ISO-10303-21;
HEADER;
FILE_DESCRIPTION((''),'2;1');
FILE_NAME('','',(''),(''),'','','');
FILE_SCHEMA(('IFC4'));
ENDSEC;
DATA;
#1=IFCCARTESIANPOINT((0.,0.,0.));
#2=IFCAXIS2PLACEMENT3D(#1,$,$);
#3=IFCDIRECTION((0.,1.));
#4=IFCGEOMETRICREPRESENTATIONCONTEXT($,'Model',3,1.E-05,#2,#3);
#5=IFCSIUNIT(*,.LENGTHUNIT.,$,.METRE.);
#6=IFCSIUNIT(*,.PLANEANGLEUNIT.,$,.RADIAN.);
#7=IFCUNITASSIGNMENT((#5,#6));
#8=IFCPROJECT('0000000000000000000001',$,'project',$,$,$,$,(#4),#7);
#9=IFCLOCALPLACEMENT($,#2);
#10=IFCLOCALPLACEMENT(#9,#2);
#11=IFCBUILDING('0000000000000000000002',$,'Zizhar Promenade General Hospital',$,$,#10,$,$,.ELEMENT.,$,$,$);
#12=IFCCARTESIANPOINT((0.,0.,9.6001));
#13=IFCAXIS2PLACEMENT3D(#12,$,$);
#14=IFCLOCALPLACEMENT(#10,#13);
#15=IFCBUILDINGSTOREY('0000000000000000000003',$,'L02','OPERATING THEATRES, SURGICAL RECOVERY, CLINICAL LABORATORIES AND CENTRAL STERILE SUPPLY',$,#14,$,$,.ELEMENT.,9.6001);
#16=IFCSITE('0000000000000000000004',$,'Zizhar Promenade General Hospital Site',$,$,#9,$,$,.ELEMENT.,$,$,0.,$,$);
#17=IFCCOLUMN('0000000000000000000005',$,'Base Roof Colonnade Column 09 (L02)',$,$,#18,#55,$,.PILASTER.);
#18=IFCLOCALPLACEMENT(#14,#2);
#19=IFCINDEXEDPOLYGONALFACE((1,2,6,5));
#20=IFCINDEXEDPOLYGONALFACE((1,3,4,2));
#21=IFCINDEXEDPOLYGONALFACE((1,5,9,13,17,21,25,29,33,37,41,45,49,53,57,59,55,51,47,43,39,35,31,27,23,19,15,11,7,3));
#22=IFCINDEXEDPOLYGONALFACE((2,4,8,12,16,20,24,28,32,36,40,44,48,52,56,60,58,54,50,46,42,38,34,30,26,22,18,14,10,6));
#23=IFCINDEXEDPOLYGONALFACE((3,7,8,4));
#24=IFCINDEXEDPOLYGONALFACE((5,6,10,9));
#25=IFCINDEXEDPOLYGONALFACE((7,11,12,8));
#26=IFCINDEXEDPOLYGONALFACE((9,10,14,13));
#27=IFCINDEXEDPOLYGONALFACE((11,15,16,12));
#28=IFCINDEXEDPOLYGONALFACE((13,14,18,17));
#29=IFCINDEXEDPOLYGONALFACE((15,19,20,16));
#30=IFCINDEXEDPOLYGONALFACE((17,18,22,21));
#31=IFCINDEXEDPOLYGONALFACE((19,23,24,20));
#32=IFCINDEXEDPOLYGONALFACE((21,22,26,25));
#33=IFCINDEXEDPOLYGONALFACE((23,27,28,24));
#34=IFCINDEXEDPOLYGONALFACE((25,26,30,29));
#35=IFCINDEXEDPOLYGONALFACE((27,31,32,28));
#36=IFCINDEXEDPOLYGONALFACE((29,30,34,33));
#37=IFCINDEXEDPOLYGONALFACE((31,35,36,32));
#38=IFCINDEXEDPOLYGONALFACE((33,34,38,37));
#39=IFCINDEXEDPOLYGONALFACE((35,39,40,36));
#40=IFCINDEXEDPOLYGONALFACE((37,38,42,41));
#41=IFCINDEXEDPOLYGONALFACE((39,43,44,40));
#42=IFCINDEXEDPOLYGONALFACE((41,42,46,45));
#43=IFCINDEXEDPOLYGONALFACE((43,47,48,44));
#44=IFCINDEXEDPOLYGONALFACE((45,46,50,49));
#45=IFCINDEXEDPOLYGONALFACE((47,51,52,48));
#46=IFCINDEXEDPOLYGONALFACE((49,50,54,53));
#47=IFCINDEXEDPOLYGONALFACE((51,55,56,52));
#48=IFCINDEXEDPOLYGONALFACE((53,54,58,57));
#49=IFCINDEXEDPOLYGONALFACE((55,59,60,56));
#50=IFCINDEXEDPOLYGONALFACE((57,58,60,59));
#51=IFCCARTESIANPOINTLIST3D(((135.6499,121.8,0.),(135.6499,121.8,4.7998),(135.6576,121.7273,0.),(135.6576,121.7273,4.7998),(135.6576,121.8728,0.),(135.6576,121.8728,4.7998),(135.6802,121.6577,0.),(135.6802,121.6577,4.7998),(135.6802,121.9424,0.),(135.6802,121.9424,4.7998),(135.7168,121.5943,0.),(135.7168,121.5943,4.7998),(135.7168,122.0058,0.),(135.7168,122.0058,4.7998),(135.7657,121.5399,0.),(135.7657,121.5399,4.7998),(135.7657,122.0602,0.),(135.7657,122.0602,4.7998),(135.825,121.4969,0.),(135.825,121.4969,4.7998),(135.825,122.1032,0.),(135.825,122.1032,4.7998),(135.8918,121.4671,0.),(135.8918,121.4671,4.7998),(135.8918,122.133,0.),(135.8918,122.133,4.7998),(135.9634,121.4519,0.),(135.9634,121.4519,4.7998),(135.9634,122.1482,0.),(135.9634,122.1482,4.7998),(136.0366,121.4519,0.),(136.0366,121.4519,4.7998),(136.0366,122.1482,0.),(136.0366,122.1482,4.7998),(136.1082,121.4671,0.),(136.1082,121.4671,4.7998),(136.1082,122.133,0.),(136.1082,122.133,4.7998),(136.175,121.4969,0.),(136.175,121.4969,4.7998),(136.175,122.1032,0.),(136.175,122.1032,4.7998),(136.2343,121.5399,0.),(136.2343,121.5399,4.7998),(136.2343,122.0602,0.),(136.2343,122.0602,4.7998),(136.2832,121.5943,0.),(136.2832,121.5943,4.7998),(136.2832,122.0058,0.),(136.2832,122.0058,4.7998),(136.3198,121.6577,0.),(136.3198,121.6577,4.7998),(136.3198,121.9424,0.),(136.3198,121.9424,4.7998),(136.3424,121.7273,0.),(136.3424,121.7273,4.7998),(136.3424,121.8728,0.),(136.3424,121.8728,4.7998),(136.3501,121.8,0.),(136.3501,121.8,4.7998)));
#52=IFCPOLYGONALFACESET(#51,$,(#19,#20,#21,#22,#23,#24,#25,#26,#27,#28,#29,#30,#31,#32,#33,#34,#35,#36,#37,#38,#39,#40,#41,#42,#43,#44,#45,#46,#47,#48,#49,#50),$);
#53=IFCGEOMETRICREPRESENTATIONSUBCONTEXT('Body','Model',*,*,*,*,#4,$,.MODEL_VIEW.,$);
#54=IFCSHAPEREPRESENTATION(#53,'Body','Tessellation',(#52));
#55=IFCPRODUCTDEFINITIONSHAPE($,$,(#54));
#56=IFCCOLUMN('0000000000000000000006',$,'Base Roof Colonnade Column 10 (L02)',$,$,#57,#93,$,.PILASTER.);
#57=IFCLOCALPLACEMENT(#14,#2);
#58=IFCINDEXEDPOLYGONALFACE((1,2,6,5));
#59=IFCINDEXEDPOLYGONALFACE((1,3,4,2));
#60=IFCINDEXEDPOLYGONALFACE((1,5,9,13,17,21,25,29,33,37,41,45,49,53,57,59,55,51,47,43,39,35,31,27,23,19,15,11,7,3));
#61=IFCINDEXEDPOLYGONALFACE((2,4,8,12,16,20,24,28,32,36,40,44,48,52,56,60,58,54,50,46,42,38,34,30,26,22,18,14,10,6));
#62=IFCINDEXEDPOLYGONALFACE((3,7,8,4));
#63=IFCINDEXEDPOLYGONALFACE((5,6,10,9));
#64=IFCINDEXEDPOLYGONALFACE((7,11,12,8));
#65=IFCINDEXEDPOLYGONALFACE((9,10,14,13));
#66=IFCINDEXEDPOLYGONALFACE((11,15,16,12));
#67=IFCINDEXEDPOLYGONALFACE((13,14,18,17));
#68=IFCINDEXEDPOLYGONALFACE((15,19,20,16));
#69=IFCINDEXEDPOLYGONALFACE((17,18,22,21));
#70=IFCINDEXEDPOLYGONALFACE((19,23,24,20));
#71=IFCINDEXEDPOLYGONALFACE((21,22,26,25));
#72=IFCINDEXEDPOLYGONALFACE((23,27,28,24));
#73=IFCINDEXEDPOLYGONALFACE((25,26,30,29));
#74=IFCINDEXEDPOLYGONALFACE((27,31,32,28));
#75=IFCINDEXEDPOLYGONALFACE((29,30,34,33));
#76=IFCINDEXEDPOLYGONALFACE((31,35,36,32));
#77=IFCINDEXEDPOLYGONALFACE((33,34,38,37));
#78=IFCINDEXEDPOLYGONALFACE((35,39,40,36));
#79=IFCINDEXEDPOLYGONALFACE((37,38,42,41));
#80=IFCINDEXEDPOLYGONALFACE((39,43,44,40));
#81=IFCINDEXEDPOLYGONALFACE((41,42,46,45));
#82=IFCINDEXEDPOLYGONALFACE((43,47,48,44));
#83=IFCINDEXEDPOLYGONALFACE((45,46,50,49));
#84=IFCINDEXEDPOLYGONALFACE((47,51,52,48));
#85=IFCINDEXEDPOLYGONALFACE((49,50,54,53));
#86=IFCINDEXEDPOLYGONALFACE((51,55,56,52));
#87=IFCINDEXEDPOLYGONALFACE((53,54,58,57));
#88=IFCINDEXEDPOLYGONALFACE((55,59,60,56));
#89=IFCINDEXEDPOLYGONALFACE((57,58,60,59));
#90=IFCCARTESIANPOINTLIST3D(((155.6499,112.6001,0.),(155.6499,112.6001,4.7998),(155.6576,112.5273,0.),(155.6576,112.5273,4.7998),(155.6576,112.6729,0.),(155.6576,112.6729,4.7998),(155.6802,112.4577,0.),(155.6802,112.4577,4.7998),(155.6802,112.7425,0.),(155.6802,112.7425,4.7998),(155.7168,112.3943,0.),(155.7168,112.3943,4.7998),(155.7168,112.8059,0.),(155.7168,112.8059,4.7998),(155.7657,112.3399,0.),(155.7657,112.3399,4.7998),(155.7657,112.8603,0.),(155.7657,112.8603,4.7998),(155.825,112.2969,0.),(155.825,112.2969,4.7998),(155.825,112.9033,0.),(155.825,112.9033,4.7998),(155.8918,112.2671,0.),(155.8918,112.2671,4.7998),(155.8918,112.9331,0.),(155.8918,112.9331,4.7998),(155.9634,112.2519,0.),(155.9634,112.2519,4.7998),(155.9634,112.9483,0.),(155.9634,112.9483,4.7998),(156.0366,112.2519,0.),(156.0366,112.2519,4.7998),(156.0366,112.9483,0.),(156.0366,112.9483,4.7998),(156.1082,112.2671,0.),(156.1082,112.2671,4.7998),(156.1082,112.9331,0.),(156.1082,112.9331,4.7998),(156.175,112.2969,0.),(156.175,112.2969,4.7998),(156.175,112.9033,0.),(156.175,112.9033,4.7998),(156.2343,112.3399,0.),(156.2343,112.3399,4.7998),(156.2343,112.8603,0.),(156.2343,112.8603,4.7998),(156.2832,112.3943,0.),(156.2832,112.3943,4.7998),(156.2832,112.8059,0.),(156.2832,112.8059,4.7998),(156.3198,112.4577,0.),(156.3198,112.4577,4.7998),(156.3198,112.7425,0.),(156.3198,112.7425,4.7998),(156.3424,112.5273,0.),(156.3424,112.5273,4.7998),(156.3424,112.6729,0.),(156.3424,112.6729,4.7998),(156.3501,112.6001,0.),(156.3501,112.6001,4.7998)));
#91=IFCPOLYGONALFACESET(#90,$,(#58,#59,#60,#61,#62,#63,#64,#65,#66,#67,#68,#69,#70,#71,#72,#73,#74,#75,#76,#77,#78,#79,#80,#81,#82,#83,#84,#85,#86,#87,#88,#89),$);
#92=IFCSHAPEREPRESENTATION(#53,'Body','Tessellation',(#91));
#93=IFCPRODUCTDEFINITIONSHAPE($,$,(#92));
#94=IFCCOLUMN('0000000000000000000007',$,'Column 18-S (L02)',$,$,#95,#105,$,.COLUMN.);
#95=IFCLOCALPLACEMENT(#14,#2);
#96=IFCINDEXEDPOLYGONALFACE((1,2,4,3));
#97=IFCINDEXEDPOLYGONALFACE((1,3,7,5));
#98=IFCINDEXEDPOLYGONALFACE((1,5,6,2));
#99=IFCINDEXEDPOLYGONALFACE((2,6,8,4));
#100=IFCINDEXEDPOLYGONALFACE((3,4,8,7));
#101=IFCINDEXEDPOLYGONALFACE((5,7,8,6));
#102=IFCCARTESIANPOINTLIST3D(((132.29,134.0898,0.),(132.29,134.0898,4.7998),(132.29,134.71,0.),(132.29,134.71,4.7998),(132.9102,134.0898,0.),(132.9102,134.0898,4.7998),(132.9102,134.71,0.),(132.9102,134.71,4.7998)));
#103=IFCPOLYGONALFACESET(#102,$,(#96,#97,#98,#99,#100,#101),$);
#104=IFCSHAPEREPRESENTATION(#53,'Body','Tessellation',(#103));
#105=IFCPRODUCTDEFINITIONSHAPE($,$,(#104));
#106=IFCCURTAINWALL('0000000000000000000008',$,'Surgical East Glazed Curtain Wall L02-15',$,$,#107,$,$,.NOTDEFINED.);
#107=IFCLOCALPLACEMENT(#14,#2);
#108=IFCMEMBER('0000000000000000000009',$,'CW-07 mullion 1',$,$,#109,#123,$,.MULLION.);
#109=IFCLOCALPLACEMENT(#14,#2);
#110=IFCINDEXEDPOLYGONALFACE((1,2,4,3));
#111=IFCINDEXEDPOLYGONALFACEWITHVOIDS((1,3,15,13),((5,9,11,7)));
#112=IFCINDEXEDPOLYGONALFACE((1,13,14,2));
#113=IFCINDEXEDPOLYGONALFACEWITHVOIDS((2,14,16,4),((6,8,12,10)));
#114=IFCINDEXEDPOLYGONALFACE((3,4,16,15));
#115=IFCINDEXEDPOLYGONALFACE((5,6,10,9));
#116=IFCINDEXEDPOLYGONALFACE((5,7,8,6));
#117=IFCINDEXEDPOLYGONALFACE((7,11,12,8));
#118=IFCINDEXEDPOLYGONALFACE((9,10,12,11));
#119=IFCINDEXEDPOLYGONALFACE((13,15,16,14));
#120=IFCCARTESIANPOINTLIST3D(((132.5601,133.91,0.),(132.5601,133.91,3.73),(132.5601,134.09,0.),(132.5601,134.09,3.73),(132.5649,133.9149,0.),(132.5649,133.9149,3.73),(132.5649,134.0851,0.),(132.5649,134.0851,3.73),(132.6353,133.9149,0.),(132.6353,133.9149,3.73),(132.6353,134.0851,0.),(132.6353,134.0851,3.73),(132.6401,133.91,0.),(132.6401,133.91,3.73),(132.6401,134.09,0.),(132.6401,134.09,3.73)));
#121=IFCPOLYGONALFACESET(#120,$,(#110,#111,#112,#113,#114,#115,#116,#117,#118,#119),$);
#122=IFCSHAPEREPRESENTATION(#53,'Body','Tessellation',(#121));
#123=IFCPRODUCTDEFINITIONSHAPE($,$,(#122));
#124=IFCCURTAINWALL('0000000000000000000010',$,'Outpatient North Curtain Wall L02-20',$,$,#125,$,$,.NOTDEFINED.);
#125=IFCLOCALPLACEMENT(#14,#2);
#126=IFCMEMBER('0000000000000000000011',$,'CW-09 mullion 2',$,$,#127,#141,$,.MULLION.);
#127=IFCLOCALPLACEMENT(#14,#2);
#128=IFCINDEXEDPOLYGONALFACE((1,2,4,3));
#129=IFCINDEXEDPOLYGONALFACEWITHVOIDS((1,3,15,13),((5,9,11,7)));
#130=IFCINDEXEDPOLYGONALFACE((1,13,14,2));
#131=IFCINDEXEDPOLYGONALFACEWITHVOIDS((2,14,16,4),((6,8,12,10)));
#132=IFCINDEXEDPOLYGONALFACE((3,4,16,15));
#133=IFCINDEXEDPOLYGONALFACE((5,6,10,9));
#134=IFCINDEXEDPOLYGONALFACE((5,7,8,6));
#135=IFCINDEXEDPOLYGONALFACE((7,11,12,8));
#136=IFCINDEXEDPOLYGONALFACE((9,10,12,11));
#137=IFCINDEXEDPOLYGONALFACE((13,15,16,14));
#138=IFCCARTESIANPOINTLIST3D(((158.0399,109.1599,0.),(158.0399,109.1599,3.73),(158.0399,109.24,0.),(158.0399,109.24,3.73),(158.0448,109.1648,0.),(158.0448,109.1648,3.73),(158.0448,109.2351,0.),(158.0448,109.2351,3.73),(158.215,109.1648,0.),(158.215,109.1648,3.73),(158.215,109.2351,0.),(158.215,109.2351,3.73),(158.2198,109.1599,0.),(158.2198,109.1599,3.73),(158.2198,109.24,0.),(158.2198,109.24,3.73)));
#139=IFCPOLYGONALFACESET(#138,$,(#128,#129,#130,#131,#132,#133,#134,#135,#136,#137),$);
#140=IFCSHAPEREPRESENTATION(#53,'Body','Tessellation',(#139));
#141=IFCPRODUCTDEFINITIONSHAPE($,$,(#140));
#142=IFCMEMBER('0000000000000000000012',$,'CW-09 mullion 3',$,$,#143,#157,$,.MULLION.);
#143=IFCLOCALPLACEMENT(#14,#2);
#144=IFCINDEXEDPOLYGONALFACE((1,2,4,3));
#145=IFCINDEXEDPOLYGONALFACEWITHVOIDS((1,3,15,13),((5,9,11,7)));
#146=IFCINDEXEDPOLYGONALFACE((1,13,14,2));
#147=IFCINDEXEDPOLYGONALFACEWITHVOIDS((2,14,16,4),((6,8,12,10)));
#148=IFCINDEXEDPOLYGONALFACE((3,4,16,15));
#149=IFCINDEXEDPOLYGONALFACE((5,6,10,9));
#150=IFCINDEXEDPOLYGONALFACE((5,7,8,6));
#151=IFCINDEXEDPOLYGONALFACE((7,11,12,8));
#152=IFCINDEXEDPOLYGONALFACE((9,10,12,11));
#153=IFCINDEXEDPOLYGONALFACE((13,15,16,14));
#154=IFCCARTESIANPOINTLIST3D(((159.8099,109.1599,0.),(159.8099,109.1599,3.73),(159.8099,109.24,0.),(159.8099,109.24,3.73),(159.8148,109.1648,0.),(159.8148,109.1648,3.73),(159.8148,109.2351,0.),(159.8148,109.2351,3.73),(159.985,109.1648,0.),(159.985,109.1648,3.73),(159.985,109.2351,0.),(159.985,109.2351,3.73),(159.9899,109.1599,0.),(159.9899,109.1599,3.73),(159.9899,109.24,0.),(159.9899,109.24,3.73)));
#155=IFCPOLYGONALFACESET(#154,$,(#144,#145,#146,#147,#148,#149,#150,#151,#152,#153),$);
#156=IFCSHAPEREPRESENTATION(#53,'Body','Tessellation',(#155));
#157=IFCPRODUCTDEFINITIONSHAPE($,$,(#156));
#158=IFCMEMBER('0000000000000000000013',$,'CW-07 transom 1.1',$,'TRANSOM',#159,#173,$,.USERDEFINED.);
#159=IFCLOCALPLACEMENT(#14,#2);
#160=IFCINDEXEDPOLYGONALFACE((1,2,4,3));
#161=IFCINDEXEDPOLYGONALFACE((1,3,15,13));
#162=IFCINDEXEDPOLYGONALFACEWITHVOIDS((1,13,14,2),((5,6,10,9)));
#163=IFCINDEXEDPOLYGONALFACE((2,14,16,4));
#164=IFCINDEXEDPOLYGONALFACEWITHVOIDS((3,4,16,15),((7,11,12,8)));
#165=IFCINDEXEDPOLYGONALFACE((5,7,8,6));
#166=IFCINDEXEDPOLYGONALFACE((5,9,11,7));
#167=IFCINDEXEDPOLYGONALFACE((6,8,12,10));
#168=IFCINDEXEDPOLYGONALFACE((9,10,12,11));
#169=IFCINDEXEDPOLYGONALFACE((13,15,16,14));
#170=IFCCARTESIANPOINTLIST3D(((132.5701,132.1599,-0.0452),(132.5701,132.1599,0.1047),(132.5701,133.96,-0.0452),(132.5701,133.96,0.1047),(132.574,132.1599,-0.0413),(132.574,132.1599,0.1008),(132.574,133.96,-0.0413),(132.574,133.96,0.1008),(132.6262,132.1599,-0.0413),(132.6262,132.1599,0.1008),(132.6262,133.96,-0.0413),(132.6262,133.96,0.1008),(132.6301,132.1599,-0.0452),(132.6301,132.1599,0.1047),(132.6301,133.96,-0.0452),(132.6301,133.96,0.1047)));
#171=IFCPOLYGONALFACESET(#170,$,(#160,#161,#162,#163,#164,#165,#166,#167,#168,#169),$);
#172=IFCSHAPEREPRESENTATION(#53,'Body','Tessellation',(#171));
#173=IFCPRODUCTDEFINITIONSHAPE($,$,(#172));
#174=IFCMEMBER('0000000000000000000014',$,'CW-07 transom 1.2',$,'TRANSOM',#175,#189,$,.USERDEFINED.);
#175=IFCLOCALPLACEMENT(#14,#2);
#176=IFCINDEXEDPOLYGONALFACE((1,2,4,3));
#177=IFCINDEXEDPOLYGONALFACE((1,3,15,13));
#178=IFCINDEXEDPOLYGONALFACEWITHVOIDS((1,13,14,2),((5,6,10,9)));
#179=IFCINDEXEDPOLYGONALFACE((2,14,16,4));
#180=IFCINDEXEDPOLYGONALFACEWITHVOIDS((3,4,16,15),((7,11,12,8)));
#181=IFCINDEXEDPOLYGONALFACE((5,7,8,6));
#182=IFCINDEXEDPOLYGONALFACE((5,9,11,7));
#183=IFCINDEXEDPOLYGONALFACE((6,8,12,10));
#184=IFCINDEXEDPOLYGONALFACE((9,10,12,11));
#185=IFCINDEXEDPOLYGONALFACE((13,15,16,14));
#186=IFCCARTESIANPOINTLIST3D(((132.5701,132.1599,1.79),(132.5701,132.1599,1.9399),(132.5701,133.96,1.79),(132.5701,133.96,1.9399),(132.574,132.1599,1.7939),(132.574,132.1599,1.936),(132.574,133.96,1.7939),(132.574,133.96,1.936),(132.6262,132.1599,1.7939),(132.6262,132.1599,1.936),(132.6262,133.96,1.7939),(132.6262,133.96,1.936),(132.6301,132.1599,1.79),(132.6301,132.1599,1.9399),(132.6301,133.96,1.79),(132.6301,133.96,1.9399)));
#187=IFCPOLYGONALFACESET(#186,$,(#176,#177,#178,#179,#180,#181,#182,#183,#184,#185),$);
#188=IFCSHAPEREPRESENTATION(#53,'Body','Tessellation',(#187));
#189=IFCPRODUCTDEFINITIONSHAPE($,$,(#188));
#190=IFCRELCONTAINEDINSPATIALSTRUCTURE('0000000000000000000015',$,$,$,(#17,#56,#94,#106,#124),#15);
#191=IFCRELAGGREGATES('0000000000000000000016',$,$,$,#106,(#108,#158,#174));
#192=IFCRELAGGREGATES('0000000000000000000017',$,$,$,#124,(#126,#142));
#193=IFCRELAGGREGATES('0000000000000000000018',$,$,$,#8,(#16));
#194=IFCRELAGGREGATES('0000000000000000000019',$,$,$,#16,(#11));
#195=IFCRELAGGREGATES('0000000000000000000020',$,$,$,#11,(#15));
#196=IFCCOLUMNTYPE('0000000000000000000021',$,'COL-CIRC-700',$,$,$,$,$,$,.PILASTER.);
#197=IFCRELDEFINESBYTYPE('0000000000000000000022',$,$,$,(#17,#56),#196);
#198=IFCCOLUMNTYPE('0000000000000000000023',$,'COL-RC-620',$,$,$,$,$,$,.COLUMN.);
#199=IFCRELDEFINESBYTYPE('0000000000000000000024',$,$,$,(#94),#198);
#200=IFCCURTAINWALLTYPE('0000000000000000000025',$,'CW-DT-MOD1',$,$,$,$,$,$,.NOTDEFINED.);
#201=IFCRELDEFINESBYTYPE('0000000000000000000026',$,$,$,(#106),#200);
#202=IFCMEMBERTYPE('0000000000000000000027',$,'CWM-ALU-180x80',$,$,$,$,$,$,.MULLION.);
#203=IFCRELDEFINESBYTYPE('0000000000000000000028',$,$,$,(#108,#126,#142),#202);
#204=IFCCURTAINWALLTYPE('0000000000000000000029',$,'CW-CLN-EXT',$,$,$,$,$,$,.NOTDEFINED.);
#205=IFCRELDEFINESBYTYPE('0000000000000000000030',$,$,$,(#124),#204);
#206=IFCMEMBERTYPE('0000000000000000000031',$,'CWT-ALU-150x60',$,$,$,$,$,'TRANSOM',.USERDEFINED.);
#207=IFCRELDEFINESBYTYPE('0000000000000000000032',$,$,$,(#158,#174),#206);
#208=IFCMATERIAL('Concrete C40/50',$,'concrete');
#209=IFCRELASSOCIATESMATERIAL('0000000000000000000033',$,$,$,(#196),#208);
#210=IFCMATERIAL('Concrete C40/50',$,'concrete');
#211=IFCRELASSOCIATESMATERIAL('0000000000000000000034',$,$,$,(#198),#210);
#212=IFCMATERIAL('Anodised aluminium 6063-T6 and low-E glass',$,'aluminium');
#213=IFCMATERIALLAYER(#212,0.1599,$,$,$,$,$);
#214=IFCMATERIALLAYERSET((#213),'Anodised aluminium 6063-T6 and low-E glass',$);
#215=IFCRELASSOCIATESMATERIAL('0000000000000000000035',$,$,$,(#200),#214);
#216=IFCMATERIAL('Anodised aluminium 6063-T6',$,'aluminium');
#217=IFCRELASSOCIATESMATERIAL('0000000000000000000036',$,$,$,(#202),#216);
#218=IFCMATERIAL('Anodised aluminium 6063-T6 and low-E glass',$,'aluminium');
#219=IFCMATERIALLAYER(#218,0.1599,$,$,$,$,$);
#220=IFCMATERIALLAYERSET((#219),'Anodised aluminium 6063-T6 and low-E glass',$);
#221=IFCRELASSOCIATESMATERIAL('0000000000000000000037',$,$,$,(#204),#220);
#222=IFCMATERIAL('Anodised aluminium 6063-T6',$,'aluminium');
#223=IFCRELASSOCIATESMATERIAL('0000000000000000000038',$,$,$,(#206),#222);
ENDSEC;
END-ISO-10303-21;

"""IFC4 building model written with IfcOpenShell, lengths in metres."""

from ifc_helpers import new_model, si_unit, direction, frame, origin, origin_2d, place, context, subcontext, project, spatial, rectangle, hollow_rectangle, circle, extrude, material, layer, layer_set, material_profile, profile_set, type_object, element, aggregate, save


model = new_model("IFC4")

# Units and contexts
model_context = context("Model", 3, precision=1e-05, world=origin(), true_north=direction((0.0, 1.0)))
body_context = subcontext(model_context, "Body", "Model", "MODEL_VIEW")
ifc_project = project(units=[si_unit("LENGTHUNIT", "METRE"), si_unit("PLANEANGLEUNIT", "RADIAN")], contexts=[model_context])

# Site, building, storey
site_placement = place(None, origin())
site = spatial("IfcSite", under=ifc_project, at=site_placement, Name="Zizhar Promenade General Hospital Site", CompositionType="ELEMENT", RefElevation=0.0)
building_placement = place(site_placement, origin())
building = spatial("IfcBuilding", under=site, at=building_placement, Name="Zizhar Promenade General Hospital", CompositionType="ELEMENT")
storey_placement = place(building_placement, frame((0.0, 0.0, 9.6001)))
storey = spatial("IfcBuildingStorey", under=building, at=storey_placement, Name="L02", Description="OPERATING THEATRES, SURGICAL RECOVERY, CLINICAL LABORATORIES AND CENTRAL STERILE SUPPLY", CompositionType="ELEMENT", Elevation=9.6001)

# Columns
ifc_material_1 = material(Name="Concrete C40/50", Category="concrete")
ifc_material_profile_1 = material_profile(ifc_material_1, circle(Radius=0.3501, at=origin_2d()))
ifc_profile_set_1 = profile_set([ifc_material_profile_1], Name="Concrete C40/50")
column_type_1 = type_object("IfcColumnType", Name="COL-CIRC-700", PredefinedType="PILASTER", material=ifc_profile_set_1)
for number, where, z_axis, x_axis, name in (
    (1, (136.0, 121.8, 0.0), (0.0, 0.0, 1.0), (1.0, 0.0, 0.0), "Base Roof Colonnade Column 09 (L02)"),
    (2, (156.0, 112.6001, 0.0), (0.0, 0.0, 1.0), (1.0, 0.0, 0.0), "Base Roof Colonnade Column 10 (L02)"),
):
    element("IfcColumn", number, at=place(storey_placement, frame(where, z_axis=z_axis, x_axis=x_axis)), inside=storey, type_object=column_type_1, Name=name, PredefinedType="PILASTER", context=body_context, shape_type="SweptSolid", body=[
        extrude(circle(Radius=0.3501, at=origin_2d()), origin(), (0.0, 0.0, 1.0), 4.7998),
    ])
ifc_material_2 = material(Name="Concrete C40/50", Category="concrete")
ifc_material_profile_2 = material_profile(ifc_material_2, rectangle(XDim=0.6201, YDim=0.6201, at=origin_2d()))
ifc_profile_set_2 = profile_set([ifc_material_profile_2], Name="Concrete C40/50")
column_type_2 = type_object("IfcColumnType", Name="COL-RC-620", PredefinedType="COLUMN", material=ifc_profile_set_2)
column_placement = place(storey_placement, frame((132.6001, 134.3999, 0.0), z_axis=(0.0, 0.0, 1.0), x_axis=(1.0, 0.0, 0.0)))
element("IfcColumn", 3, at=column_placement, inside=storey, type_object=column_type_2, Name="Column 18-S (L02)", PredefinedType="COLUMN", context=body_context, shape_type="SweptSolid", body=[
    extrude(rectangle(XDim=0.6201, YDim=0.6201, at=origin_2d()), origin(), (0.0, 0.0, 1.0), 4.7998),
])

# Curtain wall, member
ifc_material_3 = material(Name="Anodised aluminium 6063-T6 and low-E glass", Category="aluminium")
ifc_layer_1 = layer(ifc_material_3, 0.1599)
ifc_layer_set_1 = layer_set([ifc_layer_1], Name="Anodised aluminium 6063-T6 and low-E glass")
curtain_wall_type_1 = type_object("IfcCurtainWallType", Name="CW-DT-MOD1", PredefinedType="NOTDEFINED", material=ifc_layer_set_1)
curtain_wall_1_placement = place(storey_placement, origin())
curtain_wall_1 = element("IfcCurtainWall", 4, at=curtain_wall_1_placement, inside=storey, type_object=curtain_wall_type_1, Name="Surgical East Glazed Curtain Wall L02-15", PredefinedType="NOTDEFINED")
ifc_material_4 = material(Name="Anodised aluminium 6063-T6", Category="aluminium")
ifc_material_profile_3 = material_profile(ifc_material_4, hollow_rectangle(XDim=0.0801, YDim=0.1799, WallThickness=0.0049, at=origin_2d()))
ifc_profile_set_3 = profile_set([ifc_material_profile_3], Name="Anodised aluminium 6063-T6")
member_type_1 = type_object("IfcMemberType", Name="CWM-ALU-180x80", PredefinedType="MULLION", material=ifc_profile_set_3)
member_1_placement = place(storey_placement, frame((132.6001, 134.0, 0.0), z_axis=(0.0, 0.0, 1.0), x_axis=(1.0, 0.0, 0.0)))
member_1 = element("IfcMember", 5, at=member_1_placement, type_object=member_type_1, Name="CW-07 mullion 1", PredefinedType="MULLION", context=body_context, shape_type="SweptSolid", body=[
    extrude(hollow_rectangle(XDim=0.0801, YDim=0.1799, WallThickness=0.0049, at=origin_2d()), origin(), (0.0, 0.0, 1.0), 3.73),
])

# Curtain wall, members
ifc_material_5 = material(Name="Anodised aluminium 6063-T6 and low-E glass", Category="aluminium")
ifc_layer_2 = layer(ifc_material_5, 0.1599)
ifc_layer_set_2 = layer_set([ifc_layer_2], Name="Anodised aluminium 6063-T6 and low-E glass")
curtain_wall_type_2 = type_object("IfcCurtainWallType", Name="CW-CLN-EXT", PredefinedType="NOTDEFINED", material=ifc_layer_set_2)
curtain_wall_2_placement = place(storey_placement, origin())
curtain_wall_2 = element("IfcCurtainWall", 6, at=curtain_wall_2_placement, inside=storey, type_object=curtain_wall_type_2, Name="Outpatient North Curtain Wall L02-20", PredefinedType="NOTDEFINED")
member_2_placement = place(storey_placement, frame((158.1299, 109.2, 0.0), z_axis=(0.0, 0.0, 1.0), x_axis=(0.0, 1.0, 0.0)))
member_2 = element("IfcMember", 7, at=member_2_placement, type_object=member_type_1, Name="CW-09 mullion 2", PredefinedType="MULLION", context=body_context, shape_type="SweptSolid", body=[
    extrude(hollow_rectangle(XDim=0.0801, YDim=0.1799, WallThickness=0.0049, at=origin_2d()), origin(), (0.0, 0.0, 1.0), 3.73),
])
member_3_placement = place(storey_placement, frame((159.8999, 109.2, 0.0), z_axis=(0.0, 0.0, 1.0), x_axis=(0.0, 1.0, 0.0)))
member_3 = element("IfcMember", 8, at=member_3_placement, type_object=member_type_1, Name="CW-09 mullion 3", PredefinedType="MULLION", context=body_context, shape_type="SweptSolid", body=[
    extrude(hollow_rectangle(XDim=0.0801, YDim=0.1799, WallThickness=0.0049, at=origin_2d()), origin(), (0.0, 0.0, 1.0), 3.73),
])

# Members
ifc_material_6 = material(Name="Anodised aluminium 6063-T6", Category="aluminium")
ifc_material_profile_4 = material_profile(ifc_material_6, hollow_rectangle(XDim=0.0601, YDim=0.1499, WallThickness=0.0039, at=origin_2d()))
ifc_profile_set_4 = profile_set([ifc_material_profile_4], Name="Anodised aluminium 6063-T6")
member_type_2 = type_object("IfcMemberType", Name="CWT-ALU-150x60", ElementType="TRANSOM", PredefinedType="USERDEFINED", material=ifc_profile_set_4)
member_4_placement = place(storey_placement, frame((132.6001, 133.96, 0.0298), z_axis=(0.0, -1.0, 0.0), x_axis=(1.0, 0.0, 0.0)))
member_4 = element("IfcMember", 9, at=member_4_placement, type_object=member_type_2, Name="CW-07 transom 1.1", ObjectType="TRANSOM", PredefinedType="USERDEFINED", context=body_context, shape_type="SweptSolid", body=[
    extrude(hollow_rectangle(XDim=0.0601, YDim=0.1499, WallThickness=0.0039, at=origin_2d()), origin(), (0.0, 0.0, 1.0), 1.8),
])
member_5_placement = place(storey_placement, frame((132.6001, 133.96, 1.865), z_axis=(0.0, -1.0, 0.0), x_axis=(1.0, 0.0, 0.0)))
member_5 = element("IfcMember", 10, at=member_5_placement, type_object=member_type_2, Name="CW-07 transom 1.2", ObjectType="TRANSOM", PredefinedType="USERDEFINED", context=body_context, shape_type="SweptSolid", body=[
    extrude(hollow_rectangle(XDim=0.0601, YDim=0.1499, WallThickness=0.0039, at=origin_2d()), origin(), (0.0, 0.0, 1.0), 1.8),
])

aggregate(curtain_wall_1, [member_1, member_4, member_5])
aggregate(curtain_wall_2, [member_2, member_3])

save(model, "model.ifc")
